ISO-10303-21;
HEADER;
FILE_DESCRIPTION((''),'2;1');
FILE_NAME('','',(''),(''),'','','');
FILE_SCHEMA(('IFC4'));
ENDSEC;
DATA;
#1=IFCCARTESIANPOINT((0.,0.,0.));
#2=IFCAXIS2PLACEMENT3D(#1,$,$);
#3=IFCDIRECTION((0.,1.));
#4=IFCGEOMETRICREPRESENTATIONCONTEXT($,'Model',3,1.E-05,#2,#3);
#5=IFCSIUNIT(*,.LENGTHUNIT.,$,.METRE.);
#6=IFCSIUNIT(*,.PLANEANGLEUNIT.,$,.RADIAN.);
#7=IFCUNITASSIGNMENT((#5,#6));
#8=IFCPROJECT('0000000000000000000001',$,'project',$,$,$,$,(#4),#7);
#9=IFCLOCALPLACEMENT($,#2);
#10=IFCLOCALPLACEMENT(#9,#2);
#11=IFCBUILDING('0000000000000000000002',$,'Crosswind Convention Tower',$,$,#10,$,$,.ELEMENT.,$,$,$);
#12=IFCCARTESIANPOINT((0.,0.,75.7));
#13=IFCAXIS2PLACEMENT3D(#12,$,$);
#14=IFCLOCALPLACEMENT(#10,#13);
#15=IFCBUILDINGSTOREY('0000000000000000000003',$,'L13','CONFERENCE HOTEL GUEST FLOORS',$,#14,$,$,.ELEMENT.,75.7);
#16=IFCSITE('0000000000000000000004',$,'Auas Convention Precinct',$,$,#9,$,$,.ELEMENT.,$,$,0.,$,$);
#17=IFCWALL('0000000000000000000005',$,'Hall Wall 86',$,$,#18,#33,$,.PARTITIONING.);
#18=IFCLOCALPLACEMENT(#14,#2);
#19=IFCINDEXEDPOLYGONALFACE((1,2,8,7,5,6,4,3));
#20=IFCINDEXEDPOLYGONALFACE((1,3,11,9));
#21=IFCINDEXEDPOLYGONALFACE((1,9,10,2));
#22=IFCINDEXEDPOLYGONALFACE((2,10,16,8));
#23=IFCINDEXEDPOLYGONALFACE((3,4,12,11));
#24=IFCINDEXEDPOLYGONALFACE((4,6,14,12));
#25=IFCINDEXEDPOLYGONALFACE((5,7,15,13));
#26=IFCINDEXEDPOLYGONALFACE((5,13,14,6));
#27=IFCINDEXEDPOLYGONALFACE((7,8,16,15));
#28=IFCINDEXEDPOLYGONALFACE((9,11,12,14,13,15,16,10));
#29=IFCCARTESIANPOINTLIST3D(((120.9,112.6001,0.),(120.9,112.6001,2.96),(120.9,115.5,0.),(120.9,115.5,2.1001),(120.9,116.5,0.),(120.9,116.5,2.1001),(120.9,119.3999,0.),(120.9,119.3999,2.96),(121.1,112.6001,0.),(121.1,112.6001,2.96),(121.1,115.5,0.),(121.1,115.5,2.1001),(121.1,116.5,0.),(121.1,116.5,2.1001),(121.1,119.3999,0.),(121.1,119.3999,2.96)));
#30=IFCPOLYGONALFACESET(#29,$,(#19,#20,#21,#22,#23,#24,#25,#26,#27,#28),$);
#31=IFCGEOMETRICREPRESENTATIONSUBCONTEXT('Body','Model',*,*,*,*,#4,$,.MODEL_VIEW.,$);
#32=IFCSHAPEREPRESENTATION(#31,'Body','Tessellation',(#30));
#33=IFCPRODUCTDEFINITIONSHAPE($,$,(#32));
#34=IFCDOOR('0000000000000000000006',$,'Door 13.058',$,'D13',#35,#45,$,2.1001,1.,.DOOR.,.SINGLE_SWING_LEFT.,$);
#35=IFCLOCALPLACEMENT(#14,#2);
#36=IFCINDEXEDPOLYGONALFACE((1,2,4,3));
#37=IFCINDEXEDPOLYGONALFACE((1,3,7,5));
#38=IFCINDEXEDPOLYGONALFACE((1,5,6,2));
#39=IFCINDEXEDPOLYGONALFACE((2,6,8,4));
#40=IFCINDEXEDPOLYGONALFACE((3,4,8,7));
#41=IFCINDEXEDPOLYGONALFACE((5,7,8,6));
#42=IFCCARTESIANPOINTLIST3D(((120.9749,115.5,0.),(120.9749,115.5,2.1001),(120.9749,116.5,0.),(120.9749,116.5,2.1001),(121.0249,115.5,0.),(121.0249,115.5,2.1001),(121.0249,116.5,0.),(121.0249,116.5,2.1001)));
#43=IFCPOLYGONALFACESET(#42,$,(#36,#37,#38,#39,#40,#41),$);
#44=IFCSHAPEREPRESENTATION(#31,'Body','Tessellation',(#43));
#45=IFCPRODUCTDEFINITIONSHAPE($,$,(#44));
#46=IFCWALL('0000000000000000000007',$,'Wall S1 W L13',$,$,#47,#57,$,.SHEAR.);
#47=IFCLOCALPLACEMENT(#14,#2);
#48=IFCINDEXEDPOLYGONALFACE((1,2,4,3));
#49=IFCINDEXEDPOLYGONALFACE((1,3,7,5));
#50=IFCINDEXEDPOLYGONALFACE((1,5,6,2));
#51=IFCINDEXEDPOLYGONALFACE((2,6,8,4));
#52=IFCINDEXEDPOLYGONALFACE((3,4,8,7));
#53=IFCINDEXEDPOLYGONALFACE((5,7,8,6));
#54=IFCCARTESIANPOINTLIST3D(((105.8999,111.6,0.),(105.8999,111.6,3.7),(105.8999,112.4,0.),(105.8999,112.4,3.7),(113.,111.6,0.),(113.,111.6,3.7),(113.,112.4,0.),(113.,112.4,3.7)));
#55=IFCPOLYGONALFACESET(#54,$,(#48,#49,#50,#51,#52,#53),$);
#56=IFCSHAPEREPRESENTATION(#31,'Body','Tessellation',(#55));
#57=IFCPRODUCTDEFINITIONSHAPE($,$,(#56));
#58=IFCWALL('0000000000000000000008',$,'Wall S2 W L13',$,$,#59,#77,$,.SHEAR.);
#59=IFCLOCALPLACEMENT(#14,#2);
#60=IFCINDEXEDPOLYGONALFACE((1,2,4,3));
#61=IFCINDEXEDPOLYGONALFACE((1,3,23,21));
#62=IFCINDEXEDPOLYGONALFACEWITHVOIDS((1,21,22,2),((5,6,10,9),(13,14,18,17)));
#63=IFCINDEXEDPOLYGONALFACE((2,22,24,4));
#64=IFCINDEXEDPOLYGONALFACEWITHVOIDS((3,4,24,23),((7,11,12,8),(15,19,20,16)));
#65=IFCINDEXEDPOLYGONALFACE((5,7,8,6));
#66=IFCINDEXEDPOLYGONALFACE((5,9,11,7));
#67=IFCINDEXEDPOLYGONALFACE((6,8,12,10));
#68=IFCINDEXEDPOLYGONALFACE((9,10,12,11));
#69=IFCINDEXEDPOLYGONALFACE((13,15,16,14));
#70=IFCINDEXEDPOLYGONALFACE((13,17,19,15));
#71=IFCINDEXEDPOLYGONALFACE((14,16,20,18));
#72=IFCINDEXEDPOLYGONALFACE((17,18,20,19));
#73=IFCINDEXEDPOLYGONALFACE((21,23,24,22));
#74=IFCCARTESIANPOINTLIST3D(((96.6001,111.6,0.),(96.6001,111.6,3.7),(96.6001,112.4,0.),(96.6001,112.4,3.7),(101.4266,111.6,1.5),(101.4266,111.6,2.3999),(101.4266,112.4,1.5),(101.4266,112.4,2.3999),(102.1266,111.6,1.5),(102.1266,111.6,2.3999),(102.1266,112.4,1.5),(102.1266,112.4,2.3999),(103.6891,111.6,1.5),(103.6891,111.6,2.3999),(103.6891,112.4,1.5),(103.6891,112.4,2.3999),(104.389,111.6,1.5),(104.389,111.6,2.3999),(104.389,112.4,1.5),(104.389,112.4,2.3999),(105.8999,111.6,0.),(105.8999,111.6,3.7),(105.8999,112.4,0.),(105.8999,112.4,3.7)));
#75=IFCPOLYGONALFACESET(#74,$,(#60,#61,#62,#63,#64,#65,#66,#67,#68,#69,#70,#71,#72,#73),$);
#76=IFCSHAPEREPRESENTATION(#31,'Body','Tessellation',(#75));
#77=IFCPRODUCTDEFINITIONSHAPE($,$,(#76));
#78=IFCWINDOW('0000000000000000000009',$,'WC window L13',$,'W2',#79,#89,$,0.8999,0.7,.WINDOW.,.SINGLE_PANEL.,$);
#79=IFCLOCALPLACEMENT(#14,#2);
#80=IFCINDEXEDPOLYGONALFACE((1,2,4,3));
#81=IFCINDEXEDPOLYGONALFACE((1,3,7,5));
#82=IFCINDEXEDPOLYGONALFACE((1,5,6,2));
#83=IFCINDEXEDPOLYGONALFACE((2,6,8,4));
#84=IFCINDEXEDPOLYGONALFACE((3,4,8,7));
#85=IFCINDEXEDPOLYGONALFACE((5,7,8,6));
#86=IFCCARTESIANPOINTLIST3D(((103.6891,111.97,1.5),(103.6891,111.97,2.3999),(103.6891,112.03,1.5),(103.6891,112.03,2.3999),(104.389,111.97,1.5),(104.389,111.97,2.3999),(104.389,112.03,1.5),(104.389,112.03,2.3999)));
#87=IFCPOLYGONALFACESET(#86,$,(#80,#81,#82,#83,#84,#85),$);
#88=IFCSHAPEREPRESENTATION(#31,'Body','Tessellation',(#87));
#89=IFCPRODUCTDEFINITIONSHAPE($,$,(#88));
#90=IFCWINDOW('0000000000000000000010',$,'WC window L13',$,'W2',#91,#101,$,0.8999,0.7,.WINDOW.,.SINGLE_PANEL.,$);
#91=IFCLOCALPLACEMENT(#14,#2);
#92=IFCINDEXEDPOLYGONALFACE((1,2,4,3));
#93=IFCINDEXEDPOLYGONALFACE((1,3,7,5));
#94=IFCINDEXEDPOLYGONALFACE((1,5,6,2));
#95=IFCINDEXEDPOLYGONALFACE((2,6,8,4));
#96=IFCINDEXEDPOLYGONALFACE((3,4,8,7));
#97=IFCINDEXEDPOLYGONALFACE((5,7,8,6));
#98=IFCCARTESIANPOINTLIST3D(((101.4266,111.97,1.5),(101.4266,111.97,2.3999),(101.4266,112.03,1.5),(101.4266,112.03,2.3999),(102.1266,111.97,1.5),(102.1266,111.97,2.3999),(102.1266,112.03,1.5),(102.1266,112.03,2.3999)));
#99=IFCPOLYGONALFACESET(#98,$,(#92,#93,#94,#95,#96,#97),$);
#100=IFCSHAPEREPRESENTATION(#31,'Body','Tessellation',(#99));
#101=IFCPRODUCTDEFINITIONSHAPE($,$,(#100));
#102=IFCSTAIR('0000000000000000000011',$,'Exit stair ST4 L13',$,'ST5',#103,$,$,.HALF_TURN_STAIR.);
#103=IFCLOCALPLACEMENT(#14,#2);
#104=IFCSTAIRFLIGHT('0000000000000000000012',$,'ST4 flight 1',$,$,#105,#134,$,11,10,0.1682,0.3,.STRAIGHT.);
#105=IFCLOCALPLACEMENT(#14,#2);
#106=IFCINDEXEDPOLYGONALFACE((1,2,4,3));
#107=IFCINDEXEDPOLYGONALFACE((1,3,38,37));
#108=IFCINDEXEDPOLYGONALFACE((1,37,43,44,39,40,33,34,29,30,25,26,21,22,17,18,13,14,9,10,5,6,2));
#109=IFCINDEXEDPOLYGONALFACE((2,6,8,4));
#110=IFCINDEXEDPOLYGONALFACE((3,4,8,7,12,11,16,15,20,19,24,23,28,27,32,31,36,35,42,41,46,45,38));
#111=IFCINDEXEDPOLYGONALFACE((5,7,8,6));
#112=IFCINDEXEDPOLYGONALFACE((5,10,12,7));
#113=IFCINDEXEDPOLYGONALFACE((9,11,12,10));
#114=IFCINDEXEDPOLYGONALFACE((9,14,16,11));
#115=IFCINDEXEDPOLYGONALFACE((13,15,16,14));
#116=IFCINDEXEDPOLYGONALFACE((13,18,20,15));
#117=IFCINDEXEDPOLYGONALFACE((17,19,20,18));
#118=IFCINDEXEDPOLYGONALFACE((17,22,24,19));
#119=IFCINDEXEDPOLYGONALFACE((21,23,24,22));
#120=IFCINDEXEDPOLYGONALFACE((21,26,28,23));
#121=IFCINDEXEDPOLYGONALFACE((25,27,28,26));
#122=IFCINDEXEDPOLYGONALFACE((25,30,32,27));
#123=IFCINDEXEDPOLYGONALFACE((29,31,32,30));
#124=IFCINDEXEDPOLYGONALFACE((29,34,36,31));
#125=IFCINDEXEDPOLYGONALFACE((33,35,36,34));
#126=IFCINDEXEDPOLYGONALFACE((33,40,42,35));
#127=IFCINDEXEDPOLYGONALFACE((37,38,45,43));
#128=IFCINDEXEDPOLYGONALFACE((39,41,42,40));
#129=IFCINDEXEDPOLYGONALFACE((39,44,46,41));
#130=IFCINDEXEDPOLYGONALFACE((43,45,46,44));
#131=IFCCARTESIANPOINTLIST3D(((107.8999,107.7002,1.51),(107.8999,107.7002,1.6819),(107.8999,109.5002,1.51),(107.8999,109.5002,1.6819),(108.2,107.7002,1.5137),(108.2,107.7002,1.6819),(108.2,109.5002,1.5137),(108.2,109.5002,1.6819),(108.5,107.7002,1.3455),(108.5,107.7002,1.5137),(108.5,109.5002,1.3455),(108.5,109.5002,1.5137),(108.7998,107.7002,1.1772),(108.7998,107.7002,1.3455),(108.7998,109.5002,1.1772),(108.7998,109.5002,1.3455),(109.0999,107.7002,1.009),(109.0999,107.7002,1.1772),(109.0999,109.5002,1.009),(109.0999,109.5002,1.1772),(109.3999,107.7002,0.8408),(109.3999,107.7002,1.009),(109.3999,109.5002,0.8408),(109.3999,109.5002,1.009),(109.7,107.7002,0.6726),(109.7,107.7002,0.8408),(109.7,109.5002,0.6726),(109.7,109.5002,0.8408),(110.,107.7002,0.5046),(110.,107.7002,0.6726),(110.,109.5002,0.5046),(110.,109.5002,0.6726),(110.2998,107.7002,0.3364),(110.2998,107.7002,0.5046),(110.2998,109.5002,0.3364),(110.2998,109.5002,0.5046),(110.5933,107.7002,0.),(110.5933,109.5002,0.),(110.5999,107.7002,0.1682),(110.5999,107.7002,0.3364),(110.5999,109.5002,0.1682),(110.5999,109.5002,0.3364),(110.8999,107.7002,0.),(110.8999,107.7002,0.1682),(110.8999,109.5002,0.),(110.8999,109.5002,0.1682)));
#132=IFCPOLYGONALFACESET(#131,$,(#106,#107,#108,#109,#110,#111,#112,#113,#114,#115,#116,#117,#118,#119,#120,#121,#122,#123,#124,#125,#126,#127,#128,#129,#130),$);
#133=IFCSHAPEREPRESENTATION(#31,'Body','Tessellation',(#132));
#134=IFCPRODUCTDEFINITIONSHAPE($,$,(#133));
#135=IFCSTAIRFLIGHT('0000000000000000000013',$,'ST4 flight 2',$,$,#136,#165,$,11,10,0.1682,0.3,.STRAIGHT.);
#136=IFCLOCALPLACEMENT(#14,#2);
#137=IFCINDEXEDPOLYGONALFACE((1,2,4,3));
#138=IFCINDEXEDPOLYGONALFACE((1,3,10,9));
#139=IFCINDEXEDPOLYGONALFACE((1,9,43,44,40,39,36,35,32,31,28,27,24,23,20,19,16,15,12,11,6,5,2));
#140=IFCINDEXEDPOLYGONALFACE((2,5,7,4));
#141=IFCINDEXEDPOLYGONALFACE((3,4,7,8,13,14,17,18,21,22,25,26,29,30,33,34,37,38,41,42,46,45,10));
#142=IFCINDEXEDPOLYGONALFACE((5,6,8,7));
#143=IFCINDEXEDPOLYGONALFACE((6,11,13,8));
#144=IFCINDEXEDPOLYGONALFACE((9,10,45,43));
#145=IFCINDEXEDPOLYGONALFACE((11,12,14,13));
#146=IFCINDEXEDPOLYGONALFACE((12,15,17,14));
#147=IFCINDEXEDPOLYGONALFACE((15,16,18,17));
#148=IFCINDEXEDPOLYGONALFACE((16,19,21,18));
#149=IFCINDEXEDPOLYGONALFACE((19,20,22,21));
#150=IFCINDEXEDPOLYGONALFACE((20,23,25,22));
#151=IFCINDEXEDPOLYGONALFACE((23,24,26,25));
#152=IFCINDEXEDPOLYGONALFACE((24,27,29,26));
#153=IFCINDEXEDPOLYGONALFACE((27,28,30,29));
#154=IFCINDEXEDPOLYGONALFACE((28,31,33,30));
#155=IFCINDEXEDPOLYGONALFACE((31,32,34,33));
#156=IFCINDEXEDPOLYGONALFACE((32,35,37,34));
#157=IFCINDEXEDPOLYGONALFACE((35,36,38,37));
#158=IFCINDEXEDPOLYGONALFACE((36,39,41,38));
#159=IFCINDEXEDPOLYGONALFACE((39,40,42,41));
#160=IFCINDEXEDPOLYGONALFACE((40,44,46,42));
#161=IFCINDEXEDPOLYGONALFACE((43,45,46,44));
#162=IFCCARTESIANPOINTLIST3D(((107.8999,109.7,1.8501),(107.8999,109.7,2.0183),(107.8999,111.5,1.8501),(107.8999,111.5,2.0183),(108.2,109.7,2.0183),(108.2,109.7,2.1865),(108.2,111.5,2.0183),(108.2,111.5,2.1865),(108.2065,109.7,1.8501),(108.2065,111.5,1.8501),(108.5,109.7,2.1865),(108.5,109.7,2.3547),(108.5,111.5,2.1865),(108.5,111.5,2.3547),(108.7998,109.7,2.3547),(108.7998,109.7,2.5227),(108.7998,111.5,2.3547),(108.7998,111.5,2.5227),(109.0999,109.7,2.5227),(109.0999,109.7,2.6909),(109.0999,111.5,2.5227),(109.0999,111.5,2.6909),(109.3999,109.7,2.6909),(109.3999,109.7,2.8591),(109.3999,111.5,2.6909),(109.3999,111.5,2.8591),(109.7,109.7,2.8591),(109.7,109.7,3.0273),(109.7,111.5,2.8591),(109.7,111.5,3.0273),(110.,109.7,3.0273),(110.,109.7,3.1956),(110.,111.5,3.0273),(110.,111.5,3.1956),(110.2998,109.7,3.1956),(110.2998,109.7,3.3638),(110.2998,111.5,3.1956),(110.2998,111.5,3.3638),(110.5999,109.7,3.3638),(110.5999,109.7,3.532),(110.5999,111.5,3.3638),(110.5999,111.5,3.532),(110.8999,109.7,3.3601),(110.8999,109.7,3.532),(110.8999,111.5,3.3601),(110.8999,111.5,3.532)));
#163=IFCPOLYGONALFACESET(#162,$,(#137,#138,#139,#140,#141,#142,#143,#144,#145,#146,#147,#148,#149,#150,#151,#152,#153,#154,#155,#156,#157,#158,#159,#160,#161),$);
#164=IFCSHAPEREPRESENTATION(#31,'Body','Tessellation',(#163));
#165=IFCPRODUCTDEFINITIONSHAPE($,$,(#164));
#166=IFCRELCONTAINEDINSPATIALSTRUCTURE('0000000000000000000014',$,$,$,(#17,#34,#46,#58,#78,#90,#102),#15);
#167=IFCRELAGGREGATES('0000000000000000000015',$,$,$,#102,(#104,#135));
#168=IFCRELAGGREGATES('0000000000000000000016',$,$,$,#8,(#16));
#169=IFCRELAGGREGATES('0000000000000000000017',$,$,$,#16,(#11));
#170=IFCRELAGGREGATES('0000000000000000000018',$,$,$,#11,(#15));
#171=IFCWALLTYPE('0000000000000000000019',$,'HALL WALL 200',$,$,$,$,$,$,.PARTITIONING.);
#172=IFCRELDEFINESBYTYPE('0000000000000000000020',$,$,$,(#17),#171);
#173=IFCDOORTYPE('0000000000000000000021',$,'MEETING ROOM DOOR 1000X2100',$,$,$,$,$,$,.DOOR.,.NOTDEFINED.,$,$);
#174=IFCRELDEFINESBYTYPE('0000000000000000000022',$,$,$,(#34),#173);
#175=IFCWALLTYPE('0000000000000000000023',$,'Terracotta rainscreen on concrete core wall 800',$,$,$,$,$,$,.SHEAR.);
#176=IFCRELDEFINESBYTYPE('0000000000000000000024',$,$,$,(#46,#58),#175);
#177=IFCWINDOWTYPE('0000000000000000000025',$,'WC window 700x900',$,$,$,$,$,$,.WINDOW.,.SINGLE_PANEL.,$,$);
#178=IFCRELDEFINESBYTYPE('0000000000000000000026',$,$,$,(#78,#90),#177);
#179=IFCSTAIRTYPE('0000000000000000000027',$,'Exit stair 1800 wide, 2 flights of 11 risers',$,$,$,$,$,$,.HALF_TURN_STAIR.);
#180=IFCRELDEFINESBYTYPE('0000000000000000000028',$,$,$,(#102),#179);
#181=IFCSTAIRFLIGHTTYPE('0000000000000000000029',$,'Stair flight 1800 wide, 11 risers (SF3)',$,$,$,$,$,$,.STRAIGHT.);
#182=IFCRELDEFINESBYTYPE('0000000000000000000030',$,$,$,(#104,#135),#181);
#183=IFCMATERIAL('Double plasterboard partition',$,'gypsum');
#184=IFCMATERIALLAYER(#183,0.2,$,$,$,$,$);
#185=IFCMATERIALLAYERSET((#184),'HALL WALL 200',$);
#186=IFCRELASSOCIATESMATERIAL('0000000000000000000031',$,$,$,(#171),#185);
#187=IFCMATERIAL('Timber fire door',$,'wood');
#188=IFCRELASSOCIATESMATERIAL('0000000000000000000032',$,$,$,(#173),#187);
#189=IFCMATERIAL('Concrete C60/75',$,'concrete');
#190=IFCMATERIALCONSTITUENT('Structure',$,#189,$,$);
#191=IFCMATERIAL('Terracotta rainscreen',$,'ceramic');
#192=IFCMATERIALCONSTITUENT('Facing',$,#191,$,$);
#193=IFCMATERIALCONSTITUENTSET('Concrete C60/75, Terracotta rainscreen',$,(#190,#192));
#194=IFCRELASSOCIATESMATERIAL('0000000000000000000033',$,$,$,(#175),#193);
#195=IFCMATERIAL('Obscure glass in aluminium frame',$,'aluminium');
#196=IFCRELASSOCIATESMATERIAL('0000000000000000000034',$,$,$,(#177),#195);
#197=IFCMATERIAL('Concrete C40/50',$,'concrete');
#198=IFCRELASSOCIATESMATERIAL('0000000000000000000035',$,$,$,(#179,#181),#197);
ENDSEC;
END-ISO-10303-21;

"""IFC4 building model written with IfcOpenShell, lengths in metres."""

from ifc_helpers import new_model, si_unit, direction, frame, frame_2d, origin, place, context, subcontext, project, spatial, polyline, rectangle, outline, extrude, material, layer, layer_set, constituent, constituent_set, type_object, element, fill, aggregate, save


model = new_model("IFC4")

# Units and contexts
model_context = context("Model", 3, precision=1e-05, world=origin(), true_north=direction((0.0, 1.0)))
body_context = subcontext(model_context, "Body", "Model", "MODEL_VIEW")
ifc_project = project(units=[si_unit("LENGTHUNIT", "METRE"), si_unit("PLANEANGLEUNIT", "RADIAN")], contexts=[model_context])

# Site, building, storey
site_placement = place(None, origin())
site = spatial("IfcSite", under=ifc_project, at=site_placement, Name="Auas Convention Precinct", CompositionType="ELEMENT", RefElevation=0.0)
building_placement = place(site_placement, origin())
building = spatial("IfcBuilding", under=site, at=building_placement, Name="Crosswind Convention Tower", CompositionType="ELEMENT")
storey_placement = place(building_placement, frame((0.0, 0.0, 75.7)))
storey = spatial("IfcBuildingStorey", under=building, at=storey_placement, Name="L13", Description="CONFERENCE HOTEL GUEST FLOORS", CompositionType="ELEMENT", Elevation=75.7)

# Wall, opening, door
ifc_material_1 = material(Name="Timber fire door", Category="wood")
ifc_material_2 = material(Name="Double plasterboard partition", Category="gypsum")
ifc_layer_1 = layer(ifc_material_2, 0.2)
ifc_layer_set_1 = layer_set([ifc_layer_1], Name="HALL WALL 200")
wall_type_1 = type_object("IfcWallType", Name="HALL WALL 200", PredefinedType="PARTITIONING", material=ifc_layer_set_1)
wall_1_placement = place(storey_placement, frame((121.0, 112.6001, 0.0), z_axis=(0.0, 0.0, 1.0), x_axis=(0.0, 1.0, 0.0)))
wall_1 = element("IfcWall", 1, at=wall_1_placement, inside=storey, type_object=wall_type_1, Name="Hall Wall 86", PredefinedType="PARTITIONING", context=body_context, shape_type="SweptSolid", body=[
    extrude(rectangle(XDim=6.7998, YDim=0.2, at=frame_2d((3.3999, 0.0))), origin(), (0.0, 0.0, 1.0), 2.96),
])
opening_1_placement = place(wall_1_placement, frame((2.8999, 0.0, 0.0)))
opening_1 = element("IfcOpeningElement", 2, at=opening_1_placement, cuts=wall_1, PredefinedType="OPENING", context=body_context, shape_type="SweptSolid", body=[
    extrude(rectangle(XDim=1.0, YDim=2.1001, at=frame_2d((0.5, 1.05))), frame((0.0, 0.1099, 0.0), z_axis=(0.0, -1.0, 0.0), x_axis=(1.0, 0.0, 0.0)), (0.0, 0.0, 1.0), 0.22),
])
door_type_1 = type_object("IfcDoorType", Name="MEETING ROOM DOOR 1000X2100", OperationType="NOTDEFINED", PredefinedType="DOOR", material=ifc_material_1)
door_1_placement = place(opening_1_placement, frame((1.0, 0.0, 0.0), z_axis=(0.0, 0.0, 1.0), x_axis=(-1.0, 0.0, 0.0)))
door_1 = element("IfcDoor", 3, at=door_1_placement, inside=storey, type_object=door_type_1, Name="Door 13.058", ObjectType="D13", OperationType="SINGLE_SWING_LEFT", OverallHeight=2.1001, OverallWidth=1.0, PredefinedType="DOOR", context=body_context, shape_type="SweptSolid", body=[
    extrude(rectangle(XDim=1.0, YDim=2.1001, at=frame_2d((0.5, 1.05))), frame((0.0, 0.0249, 0.0), z_axis=(0.0, -1.0, 0.0), x_axis=(1.0, 0.0, 0.0)), (0.0, 0.0, 1.0), 0.05),
])
fill(opening_1, door_1)

# Wall
ifc_material_3 = material(Name="Concrete C60/75", Category="concrete")
ifc_constituent_1 = constituent(ifc_material_3, Name="Structure")
ifc_material_4 = material(Name="Terracotta rainscreen", Category="ceramic")
ifc_constituent_2 = constituent(ifc_material_4, Name="Facing")
ifc_constituent_set = constituent_set(constituents=[ifc_constituent_1, ifc_constituent_2], Name="Concrete C60/75, Terracotta rainscreen")
wall_type_2 = type_object("IfcWallType", Name="Terracotta rainscreen on concrete core wall 800", PredefinedType="SHEAR", material=ifc_constituent_set)
wall_2_placement = place(storey_placement, frame((113.0, 112.0, 0.0), z_axis=(0.0, 0.0, 1.0), x_axis=(-1.0, 0.0, 0.0)))
element("IfcWall", 4, at=wall_2_placement, inside=storey, type_object=wall_type_2, Name="Wall S1 W L13", PredefinedType="SHEAR", context=body_context, shape_type="SweptSolid", body=[
    extrude(rectangle(XDim=7.1001, YDim=0.8, at=frame_2d((3.55, 0.0))), origin(), (0.0, 0.0, 1.0), 3.7),
])

# Wall, openings, windows
wall_3_placement = place(storey_placement, frame((105.8999, 112.0, 0.0), z_axis=(0.0, 0.0, 1.0), x_axis=(-1.0, 0.0, 0.0)))
wall_3 = element("IfcWall", 5, at=wall_3_placement, inside=storey, type_object=wall_type_2, Name="Wall S2 W L13", PredefinedType="SHEAR", context=body_context, shape_type="SweptSolid", body=[
    extrude(rectangle(XDim=9.2998, YDim=0.8, at=frame_2d((4.6499, 0.0))), origin(), (0.0, 0.0, 1.0), 3.7),
])
opening_2_placement = place(wall_3_placement, frame((1.5107, 0.0, 1.5)))
opening_2 = element("IfcOpeningElement", 6, at=opening_2_placement, cuts=wall_3, PredefinedType="OPENING", context=body_context, shape_type="SweptSolid", body=[
    extrude(rectangle(XDim=0.7, YDim=0.8999, at=frame_2d((0.3501, 0.45))), frame((0.0, 0.4099, 0.0), z_axis=(0.0, -1.0, 0.0), x_axis=(1.0, 0.0, 0.0)), (0.0, 0.0, 1.0), 0.8201),
])
opening_3_placement = place(wall_3_placement, frame((3.7732, 0.0, 1.5)))
opening_3 = element("IfcOpeningElement", 7, at=opening_3_placement, cuts=wall_3, PredefinedType="OPENING", context=body_context, shape_type="SweptSolid", body=[
    extrude(rectangle(XDim=0.7, YDim=0.8999, at=frame_2d((0.3501, 0.45))), frame((0.0, 0.4099, 0.0), z_axis=(0.0, -1.0, 0.0), x_axis=(1.0, 0.0, 0.0)), (0.0, 0.0, 1.0), 0.8201),
])
ifc_material_5 = material(Name="Obscure glass in aluminium frame", Category="aluminium")
window_type = type_object("IfcWindowType", Name="WC window 700x900", PartitioningType="SINGLE_PANEL", PredefinedType="WINDOW", material=ifc_material_5)
window_1_placement = place(opening_2_placement, origin())
window_1 = element("IfcWindow", 8, at=window_1_placement, inside=storey, type_object=window_type, Name="WC window L13", ObjectType="W2", OverallHeight=0.8999, OverallWidth=0.7, PartitioningType="SINGLE_PANEL", PredefinedType="WINDOW", context=body_context, shape_type="SweptSolid", body=[
    extrude(rectangle(XDim=0.7, YDim=0.8999, at=frame_2d((0.3501, 0.45))), frame((0.0, 0.03, 0.0), z_axis=(0.0, -1.0, 0.0), x_axis=(1.0, 0.0, 0.0)), (0.0, 0.0, 1.0), 0.0601),
])
fill(opening_2, window_1)
window_2_placement = place(opening_3_placement, origin())
window_2 = element("IfcWindow", 9, at=window_2_placement, inside=storey, type_object=window_type, Name="WC window L13", ObjectType="W2", OverallHeight=0.8999, OverallWidth=0.7, PartitioningType="SINGLE_PANEL", PredefinedType="WINDOW", context=body_context, shape_type="SweptSolid", body=[
    extrude(rectangle(XDim=0.7, YDim=0.8999, at=frame_2d((0.3501, 0.45))), frame((0.0, 0.03, 0.0), z_axis=(0.0, -1.0, 0.0), x_axis=(1.0, 0.0, 0.0)), (0.0, 0.0, 1.0), 0.0601),
])
fill(opening_3, window_2)

# Stair, stair flights
ifc_material_6 = material(Name="Concrete C40/50", Category="concrete")
stair_type = type_object("IfcStairType", Name="Exit stair 1800 wide, 2 flights of 11 risers", PredefinedType="HALF_TURN_STAIR", material=ifc_material_6)
stair_placement = place(storey_placement, origin())
stair = element("IfcStair", 10, at=stair_placement, inside=storey, type_object=stair_type, Name="Exit stair ST4 L13", ObjectType="ST5", PredefinedType="HALF_TURN_STAIR")
stair_flight_type = type_object("IfcStairFlightType", Name="Stair flight 1800 wide, 11 risers (SF3)", PredefinedType="STRAIGHT", material=ifc_material_6)
stair_flight_1_placement = place(storey_placement, frame((110.8999, 108.6001, 0.0), z_axis=(0.0, 0.0, 1.0), x_axis=(-1.0, 0.0, 0.0)))
stair_flight_1 = element("IfcStairFlight", 11, at=stair_flight_1_placement, type_object=stair_flight_type, Name="ST4 flight 1", NumberOfRisers=11, NumberOfTreads=10, PredefinedType="STRAIGHT", RiserHeight=0.1682, TreadLength=0.3, context=body_context, shape_type="SweptSolid", body=[
    extrude(outline(polyline([(0.0, 0.0), (0.0, 0.1682), (0.3, 0.1682), (0.3, 0.3364), (0.6001, 0.3364), (0.6001, 0.5046), (0.8999, 0.5046), (0.8999, 0.6726), (1.2, 0.6726), (1.2, 0.8408), (1.5, 0.8408), (1.5, 1.009), (1.8, 1.009), (1.8, 1.1772), (2.1001, 1.1772), (2.1001, 1.3455), (2.3999, 1.3455), (2.3999, 1.5137), (2.7, 1.5137), (2.7, 1.6819), (3.0, 1.6819), (3.0, 1.8501), (3.0, 1.51), (0.3066, 0.0), (0.0, 0.0)])), frame((0.0, 0.8999, 0.0), z_axis=(0.0, -1.0, 0.0), x_axis=(1.0, 0.0, 0.0)), (0.0, 0.0, 1.0), 1.8),
])
stair_flight_2_placement = place(storey_placement, frame((107.8999, 110.6001, 1.8501), z_axis=(0.0, 0.0, 1.0), x_axis=(1.0, 0.0, 0.0)))
stair_flight_2 = element("IfcStairFlight", 12, at=stair_flight_2_placement, type_object=stair_flight_type, Name="ST4 flight 2", NumberOfRisers=11, NumberOfTreads=10, PredefinedType="STRAIGHT", RiserHeight=0.1682, TreadLength=0.3, context=body_context, shape_type="SweptSolid", body=[
    extrude(outline(polyline([(0.0, 0.0), (0.0, 0.1682), (0.3, 0.1682), (0.3, 0.3364), (0.6001, 0.3364), (0.6001, 0.5046), (0.8999, 0.5046), (0.8999, 0.6726), (1.2, 0.6726), (1.2, 0.8408), (1.5, 0.8408), (1.5, 1.009), (1.8, 1.009), (1.8, 1.1772), (2.1001, 1.1772), (2.1001, 1.3455), (2.3999, 1.3455), (2.3999, 1.5137), (2.7, 1.5137), (2.7, 1.6819), (3.0, 1.6819), (3.0, 1.8501), (3.0, 1.51), (0.3066, 0.0), (0.0, 0.0)])), frame((0.0, 0.8999, 0.0), z_axis=(0.0, -1.0, 0.0), x_axis=(1.0, 0.0, 0.0)), (0.0, 0.0, 1.0), 1.8),
])
aggregate(stair, [stair_flight_1, stair_flight_2])

save(model, "model.ifc")
